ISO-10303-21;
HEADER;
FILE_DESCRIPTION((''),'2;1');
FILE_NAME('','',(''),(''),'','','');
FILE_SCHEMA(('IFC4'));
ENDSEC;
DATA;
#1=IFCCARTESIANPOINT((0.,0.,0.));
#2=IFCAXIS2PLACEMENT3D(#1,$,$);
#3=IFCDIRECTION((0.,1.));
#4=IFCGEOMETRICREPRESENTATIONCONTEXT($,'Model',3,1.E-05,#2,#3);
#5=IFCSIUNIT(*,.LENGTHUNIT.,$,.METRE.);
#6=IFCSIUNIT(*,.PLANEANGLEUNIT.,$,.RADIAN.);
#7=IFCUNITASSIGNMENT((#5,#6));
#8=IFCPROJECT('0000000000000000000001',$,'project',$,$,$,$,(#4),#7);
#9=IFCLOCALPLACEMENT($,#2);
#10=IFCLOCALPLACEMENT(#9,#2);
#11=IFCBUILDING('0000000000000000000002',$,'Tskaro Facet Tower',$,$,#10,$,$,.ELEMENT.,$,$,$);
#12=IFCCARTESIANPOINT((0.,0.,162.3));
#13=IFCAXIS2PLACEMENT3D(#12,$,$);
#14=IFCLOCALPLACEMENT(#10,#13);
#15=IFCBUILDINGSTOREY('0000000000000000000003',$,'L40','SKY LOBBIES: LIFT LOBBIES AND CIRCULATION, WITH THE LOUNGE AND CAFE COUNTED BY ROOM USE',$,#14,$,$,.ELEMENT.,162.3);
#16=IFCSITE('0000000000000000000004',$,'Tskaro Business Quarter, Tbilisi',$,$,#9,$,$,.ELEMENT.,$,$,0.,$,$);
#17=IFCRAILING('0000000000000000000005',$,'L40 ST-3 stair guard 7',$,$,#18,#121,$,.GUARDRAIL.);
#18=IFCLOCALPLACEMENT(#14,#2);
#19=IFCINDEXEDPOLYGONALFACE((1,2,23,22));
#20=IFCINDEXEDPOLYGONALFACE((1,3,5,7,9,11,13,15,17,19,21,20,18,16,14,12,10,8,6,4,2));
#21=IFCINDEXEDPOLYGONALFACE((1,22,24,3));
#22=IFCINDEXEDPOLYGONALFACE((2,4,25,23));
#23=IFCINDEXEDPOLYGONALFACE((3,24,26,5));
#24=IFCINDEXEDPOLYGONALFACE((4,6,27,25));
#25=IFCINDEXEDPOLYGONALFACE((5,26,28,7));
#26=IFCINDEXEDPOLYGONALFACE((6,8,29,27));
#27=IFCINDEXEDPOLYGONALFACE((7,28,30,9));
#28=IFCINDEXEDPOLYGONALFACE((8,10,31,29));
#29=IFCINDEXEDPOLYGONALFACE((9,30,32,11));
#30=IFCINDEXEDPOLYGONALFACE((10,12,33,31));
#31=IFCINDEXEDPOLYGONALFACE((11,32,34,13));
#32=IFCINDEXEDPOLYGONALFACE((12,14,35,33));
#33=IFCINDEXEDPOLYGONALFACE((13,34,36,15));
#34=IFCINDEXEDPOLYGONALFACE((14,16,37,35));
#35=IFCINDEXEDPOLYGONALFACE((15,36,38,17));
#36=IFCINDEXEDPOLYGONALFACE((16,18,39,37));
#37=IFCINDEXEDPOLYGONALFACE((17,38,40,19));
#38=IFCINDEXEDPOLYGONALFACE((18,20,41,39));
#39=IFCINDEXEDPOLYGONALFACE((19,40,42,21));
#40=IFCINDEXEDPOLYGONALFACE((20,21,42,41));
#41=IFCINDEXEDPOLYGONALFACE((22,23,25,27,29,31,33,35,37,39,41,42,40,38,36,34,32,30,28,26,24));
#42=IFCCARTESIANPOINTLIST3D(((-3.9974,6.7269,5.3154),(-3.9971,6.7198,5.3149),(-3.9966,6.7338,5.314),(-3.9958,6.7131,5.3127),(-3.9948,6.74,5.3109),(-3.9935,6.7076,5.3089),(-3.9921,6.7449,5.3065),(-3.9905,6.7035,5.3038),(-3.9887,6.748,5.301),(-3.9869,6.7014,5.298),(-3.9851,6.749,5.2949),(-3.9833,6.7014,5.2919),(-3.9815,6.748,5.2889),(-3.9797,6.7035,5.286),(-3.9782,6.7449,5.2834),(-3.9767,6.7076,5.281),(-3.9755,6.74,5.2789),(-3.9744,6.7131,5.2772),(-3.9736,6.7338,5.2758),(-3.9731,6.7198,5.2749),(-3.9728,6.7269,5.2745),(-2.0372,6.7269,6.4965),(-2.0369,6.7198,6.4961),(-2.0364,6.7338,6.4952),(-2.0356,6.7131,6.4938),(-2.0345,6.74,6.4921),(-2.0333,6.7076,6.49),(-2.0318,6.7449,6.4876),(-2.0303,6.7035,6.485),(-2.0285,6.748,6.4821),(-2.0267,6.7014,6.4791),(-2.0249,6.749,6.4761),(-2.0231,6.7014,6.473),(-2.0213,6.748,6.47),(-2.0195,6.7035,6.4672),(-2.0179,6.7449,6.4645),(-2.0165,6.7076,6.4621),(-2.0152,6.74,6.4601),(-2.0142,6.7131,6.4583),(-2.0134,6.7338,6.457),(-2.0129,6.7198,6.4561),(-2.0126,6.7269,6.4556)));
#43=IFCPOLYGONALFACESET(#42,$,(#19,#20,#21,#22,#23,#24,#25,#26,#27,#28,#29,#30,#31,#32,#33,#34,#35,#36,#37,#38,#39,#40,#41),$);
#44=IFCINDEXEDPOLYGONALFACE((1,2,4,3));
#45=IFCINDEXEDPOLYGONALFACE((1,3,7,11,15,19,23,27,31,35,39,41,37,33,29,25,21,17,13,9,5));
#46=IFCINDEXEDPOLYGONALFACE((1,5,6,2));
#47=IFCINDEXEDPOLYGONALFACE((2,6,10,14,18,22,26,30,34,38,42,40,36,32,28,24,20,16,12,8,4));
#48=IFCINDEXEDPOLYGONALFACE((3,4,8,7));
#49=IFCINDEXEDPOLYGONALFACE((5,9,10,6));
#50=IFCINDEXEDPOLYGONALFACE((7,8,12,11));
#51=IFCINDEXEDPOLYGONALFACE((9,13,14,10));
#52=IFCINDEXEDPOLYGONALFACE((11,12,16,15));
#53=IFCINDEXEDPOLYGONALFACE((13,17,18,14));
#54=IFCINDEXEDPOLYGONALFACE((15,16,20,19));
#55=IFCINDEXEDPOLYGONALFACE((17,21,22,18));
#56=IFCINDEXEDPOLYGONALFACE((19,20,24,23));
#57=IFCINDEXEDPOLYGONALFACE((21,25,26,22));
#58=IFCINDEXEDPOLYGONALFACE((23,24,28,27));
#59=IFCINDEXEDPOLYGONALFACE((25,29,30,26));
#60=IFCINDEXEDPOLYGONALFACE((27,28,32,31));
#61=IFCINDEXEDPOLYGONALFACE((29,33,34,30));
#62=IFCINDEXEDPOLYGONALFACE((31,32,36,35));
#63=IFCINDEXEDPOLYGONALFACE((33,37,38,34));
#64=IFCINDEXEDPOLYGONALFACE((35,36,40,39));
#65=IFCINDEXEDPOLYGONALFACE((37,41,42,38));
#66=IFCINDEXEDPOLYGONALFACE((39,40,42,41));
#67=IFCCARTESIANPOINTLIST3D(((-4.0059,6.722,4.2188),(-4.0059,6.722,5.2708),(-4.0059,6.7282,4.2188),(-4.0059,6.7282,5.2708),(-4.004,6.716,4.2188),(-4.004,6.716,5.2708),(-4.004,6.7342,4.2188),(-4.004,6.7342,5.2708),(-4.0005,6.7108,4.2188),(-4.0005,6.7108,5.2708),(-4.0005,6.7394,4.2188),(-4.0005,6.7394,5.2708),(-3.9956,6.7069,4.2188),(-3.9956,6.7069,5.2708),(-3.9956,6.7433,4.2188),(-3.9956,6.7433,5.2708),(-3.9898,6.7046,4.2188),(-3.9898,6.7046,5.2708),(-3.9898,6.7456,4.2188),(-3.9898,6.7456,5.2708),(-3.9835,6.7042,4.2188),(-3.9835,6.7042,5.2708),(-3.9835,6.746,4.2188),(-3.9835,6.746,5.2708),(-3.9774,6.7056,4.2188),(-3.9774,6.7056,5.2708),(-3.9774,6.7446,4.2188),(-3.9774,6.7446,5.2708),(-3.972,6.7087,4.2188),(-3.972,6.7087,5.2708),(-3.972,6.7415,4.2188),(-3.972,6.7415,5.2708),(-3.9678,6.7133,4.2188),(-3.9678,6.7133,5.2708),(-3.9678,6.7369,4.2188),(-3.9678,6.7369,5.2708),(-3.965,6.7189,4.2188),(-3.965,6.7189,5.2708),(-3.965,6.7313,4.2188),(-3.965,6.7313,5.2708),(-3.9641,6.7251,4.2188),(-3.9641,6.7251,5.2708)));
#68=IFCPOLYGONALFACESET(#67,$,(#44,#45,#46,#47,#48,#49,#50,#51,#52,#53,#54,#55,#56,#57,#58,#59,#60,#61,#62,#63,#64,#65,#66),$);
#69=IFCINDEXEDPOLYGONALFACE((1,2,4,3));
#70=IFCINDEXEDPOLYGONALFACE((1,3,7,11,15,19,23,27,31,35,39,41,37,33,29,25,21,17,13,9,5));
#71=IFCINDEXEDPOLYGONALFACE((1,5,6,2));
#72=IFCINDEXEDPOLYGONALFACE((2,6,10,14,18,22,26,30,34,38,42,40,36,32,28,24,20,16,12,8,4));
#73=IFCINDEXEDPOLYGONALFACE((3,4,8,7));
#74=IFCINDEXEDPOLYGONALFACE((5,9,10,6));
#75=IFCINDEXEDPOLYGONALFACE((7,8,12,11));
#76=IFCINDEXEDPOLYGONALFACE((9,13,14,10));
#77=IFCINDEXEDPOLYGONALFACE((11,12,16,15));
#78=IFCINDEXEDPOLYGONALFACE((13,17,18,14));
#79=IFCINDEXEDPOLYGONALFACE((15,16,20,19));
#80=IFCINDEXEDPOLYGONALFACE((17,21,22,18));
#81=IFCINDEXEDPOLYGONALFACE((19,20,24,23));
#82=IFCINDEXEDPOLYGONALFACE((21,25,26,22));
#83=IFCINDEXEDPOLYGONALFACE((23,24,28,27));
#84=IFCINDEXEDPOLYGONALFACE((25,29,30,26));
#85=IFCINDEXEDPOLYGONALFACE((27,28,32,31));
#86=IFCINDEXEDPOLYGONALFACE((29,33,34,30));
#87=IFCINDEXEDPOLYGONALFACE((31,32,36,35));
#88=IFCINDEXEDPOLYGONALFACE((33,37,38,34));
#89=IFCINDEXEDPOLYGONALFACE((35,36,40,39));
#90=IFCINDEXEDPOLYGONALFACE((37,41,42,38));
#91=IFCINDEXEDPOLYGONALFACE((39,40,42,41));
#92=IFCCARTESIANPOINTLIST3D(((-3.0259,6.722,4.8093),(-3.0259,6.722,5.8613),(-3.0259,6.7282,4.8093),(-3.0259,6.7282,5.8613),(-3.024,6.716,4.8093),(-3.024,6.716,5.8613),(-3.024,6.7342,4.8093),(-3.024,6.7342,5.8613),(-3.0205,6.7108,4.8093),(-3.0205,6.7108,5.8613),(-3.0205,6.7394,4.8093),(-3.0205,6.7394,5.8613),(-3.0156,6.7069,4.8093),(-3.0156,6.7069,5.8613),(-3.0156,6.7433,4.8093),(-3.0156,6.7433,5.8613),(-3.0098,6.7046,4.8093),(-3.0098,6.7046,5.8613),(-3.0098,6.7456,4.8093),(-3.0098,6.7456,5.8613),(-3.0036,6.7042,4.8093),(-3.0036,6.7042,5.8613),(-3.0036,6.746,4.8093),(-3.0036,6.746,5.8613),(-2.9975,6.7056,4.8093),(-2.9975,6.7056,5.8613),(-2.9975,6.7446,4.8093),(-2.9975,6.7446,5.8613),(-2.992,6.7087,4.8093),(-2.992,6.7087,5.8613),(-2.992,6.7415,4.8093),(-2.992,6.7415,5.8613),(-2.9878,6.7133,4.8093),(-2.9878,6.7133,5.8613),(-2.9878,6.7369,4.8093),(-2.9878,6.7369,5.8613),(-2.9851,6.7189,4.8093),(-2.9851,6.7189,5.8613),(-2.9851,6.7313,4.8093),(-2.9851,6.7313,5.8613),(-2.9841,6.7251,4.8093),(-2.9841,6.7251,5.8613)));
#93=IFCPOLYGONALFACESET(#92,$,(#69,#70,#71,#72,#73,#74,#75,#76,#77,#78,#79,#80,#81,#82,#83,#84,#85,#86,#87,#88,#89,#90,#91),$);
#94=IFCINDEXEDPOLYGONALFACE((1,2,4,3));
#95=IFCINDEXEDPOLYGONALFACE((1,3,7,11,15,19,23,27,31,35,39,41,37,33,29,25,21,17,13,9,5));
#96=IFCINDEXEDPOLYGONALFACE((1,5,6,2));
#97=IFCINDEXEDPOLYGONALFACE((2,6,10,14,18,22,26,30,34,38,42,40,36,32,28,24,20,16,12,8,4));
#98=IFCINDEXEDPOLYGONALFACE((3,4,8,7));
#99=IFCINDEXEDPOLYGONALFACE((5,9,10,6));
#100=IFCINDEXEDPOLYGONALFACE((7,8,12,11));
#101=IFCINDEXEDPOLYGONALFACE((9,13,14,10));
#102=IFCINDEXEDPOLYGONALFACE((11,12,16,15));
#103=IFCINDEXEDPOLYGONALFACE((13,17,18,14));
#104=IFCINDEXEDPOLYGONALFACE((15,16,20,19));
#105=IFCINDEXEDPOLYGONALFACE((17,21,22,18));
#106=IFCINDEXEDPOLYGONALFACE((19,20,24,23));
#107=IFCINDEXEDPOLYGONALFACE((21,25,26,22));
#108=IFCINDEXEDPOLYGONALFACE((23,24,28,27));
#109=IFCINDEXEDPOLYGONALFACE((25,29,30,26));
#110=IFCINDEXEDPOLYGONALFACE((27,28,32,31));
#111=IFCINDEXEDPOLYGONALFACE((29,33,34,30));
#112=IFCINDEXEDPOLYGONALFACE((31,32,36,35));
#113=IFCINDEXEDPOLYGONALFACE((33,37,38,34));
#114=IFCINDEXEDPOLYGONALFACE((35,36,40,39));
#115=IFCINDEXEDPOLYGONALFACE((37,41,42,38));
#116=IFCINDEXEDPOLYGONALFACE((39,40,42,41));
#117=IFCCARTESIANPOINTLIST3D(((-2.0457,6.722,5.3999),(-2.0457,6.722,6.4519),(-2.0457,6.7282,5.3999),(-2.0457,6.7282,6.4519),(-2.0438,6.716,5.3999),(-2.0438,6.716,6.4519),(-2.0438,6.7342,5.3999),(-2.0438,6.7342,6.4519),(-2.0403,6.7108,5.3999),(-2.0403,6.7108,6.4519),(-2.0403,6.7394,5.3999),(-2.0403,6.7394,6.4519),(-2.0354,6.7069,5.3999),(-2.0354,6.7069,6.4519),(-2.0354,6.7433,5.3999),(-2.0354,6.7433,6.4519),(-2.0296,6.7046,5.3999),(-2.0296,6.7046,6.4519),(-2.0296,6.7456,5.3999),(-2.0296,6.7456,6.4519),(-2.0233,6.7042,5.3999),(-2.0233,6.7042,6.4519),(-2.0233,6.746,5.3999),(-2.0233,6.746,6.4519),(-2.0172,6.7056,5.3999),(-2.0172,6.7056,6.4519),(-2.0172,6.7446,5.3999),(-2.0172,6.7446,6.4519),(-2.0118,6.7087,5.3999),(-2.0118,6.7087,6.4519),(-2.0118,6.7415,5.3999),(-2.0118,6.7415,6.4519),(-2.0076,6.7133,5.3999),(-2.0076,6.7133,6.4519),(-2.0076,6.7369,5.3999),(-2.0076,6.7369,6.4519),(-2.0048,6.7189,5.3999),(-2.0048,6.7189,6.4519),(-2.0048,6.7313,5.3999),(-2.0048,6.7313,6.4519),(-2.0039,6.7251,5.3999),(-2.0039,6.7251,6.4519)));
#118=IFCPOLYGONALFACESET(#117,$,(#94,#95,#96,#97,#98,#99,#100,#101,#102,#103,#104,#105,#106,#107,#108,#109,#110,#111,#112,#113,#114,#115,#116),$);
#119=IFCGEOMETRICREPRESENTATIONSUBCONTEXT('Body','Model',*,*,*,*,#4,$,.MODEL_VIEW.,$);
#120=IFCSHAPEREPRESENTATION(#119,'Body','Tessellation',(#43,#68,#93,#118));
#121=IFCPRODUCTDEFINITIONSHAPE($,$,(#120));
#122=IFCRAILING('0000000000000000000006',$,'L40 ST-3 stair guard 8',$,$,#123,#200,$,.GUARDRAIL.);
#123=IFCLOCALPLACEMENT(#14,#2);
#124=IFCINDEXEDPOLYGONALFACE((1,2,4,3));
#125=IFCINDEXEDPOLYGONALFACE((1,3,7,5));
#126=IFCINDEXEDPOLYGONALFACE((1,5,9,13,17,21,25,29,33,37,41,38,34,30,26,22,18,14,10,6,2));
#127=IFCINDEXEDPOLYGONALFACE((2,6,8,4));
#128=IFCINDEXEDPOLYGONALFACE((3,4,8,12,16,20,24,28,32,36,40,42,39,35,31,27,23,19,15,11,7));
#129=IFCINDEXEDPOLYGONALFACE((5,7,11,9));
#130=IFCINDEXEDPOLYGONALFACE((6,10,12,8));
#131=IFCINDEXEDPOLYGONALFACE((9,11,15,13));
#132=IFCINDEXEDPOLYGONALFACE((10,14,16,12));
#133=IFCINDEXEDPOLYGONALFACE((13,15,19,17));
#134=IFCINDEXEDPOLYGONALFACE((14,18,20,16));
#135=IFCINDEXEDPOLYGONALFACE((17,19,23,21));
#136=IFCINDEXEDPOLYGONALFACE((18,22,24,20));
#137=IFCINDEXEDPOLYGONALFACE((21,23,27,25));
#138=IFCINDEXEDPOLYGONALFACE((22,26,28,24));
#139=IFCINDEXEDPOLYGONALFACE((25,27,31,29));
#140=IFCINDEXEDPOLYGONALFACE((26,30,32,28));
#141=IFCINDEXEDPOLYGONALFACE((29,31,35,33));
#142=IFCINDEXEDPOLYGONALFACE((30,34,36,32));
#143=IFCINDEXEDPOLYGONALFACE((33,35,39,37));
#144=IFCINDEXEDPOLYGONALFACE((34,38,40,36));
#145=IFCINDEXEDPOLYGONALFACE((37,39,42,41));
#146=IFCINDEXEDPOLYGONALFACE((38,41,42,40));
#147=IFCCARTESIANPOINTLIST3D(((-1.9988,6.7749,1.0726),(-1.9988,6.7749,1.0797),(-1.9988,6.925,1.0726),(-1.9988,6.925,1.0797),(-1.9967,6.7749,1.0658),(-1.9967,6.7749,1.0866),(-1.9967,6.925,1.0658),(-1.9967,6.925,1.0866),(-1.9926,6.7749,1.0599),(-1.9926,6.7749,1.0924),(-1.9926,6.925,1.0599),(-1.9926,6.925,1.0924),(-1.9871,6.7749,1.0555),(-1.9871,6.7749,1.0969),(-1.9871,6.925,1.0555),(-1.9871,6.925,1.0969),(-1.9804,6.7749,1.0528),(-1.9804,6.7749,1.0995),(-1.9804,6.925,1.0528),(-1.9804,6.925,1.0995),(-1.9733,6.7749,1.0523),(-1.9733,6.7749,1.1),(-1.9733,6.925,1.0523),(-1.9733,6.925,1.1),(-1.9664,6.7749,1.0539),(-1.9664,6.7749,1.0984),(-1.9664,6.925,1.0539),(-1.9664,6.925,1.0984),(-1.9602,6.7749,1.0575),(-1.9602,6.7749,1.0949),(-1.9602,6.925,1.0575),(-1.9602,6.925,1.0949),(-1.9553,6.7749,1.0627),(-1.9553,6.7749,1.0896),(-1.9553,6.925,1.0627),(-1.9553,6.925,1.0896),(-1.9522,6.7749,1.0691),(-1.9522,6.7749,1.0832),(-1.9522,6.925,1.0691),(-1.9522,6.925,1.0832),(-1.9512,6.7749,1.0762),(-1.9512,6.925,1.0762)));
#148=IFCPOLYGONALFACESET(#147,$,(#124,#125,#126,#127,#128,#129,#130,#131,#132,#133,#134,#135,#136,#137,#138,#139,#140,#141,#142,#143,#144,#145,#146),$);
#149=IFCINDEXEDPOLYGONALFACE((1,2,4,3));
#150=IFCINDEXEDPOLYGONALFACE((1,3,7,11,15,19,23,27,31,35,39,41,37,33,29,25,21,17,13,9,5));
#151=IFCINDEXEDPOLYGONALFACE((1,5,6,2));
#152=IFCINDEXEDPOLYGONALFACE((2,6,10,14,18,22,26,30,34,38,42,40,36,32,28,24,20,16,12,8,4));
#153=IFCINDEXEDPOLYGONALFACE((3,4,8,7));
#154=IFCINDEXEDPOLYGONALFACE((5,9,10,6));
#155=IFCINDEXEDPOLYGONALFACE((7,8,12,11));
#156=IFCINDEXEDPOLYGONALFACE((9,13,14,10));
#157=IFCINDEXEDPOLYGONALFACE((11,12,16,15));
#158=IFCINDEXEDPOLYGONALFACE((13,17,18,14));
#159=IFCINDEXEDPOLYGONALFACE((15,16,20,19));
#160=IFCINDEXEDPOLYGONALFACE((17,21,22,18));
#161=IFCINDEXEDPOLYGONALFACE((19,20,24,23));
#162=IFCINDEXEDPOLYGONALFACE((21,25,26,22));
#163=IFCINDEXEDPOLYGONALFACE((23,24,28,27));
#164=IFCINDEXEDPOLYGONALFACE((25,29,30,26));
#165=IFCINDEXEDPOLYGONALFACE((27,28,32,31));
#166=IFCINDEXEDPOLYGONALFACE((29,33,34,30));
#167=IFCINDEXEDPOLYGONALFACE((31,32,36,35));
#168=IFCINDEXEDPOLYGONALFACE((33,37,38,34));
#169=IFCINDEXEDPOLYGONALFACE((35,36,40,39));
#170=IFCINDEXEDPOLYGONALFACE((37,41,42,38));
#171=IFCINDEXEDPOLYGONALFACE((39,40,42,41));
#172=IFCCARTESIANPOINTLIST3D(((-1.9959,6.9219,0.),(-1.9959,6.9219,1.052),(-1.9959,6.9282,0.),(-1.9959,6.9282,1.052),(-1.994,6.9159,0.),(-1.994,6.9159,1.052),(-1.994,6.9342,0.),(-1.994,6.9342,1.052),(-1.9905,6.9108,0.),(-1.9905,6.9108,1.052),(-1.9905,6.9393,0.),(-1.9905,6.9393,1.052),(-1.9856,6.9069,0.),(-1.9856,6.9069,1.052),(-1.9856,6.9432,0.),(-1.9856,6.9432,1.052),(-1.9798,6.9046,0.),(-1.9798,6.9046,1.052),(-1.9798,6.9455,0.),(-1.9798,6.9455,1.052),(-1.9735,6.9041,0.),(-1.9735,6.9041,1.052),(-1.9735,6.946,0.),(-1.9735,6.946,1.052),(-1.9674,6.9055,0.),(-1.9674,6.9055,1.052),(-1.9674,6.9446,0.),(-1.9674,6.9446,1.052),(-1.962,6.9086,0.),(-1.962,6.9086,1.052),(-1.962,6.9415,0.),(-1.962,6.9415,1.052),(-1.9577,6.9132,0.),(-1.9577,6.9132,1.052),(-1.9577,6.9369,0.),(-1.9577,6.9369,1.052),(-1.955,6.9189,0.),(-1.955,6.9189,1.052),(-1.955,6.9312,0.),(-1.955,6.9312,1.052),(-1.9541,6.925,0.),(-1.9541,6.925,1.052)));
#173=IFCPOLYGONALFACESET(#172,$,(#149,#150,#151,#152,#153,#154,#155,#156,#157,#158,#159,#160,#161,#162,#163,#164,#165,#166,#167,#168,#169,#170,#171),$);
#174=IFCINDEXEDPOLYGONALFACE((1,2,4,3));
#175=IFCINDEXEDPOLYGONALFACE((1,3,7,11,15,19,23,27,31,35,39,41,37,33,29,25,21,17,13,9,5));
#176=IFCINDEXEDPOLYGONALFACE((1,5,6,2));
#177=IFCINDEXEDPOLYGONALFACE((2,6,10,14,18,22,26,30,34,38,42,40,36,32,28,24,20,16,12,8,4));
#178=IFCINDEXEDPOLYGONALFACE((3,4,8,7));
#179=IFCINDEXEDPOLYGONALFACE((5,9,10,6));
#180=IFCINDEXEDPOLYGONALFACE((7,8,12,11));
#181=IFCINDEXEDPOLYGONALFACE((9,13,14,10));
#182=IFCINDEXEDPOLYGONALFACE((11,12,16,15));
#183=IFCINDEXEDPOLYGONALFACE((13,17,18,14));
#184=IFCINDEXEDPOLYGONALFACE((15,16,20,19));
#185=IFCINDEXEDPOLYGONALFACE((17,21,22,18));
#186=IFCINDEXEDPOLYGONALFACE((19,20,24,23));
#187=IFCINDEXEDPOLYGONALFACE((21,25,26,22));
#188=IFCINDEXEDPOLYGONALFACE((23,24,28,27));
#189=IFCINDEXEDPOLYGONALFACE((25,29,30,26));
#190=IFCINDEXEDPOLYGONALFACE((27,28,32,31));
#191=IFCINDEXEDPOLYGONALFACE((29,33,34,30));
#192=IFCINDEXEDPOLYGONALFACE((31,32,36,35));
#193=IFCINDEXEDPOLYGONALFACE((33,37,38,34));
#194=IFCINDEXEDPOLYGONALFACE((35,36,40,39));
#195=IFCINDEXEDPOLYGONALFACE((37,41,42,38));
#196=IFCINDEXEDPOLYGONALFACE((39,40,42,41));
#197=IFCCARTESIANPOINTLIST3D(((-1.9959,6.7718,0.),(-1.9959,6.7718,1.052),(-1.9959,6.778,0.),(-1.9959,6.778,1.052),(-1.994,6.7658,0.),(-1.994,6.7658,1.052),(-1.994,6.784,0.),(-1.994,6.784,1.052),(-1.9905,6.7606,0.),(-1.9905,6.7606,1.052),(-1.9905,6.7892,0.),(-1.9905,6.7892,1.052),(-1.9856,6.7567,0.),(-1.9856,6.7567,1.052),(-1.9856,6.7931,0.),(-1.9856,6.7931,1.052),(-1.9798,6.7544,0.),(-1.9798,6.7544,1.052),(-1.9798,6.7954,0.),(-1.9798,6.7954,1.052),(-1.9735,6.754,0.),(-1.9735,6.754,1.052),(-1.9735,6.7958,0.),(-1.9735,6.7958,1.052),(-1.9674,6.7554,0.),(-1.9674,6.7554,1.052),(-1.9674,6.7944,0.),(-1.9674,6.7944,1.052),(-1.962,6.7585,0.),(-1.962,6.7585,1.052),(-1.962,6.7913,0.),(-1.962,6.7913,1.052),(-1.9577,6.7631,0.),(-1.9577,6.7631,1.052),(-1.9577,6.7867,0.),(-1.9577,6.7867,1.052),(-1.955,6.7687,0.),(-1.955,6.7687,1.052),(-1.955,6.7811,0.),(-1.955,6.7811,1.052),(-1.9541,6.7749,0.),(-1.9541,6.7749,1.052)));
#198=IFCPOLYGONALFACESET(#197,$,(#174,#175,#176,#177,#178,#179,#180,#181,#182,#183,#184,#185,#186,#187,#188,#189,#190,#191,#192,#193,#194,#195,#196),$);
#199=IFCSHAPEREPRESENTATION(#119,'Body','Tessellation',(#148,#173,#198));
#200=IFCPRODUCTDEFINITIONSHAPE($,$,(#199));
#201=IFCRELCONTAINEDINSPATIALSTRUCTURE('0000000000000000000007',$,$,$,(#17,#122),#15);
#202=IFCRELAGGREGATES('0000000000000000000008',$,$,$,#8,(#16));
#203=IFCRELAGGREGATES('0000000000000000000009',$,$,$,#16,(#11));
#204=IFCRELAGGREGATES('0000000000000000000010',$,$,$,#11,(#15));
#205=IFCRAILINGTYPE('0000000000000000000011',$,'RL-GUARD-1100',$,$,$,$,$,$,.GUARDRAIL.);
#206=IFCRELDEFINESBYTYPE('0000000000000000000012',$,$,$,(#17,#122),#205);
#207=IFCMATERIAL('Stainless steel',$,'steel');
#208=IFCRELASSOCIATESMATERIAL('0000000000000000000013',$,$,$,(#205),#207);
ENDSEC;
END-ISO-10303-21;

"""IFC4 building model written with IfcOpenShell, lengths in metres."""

from ifc_helpers import new_model, si_unit, direction, frame, origin, origin_2d, place, context, subcontext, project, spatial, circle, extrude, material, type_object, element, save


model = new_model("IFC4")

# Units and contexts
model_context = context("Model", 3, precision=1e-05, world=origin(), true_north=direction((0.0, 1.0)))
body_context = subcontext(model_context, "Body", "Model", "MODEL_VIEW")
ifc_project = project(units=[si_unit("LENGTHUNIT", "METRE"), si_unit("PLANEANGLEUNIT", "RADIAN")], contexts=[model_context])

# Site, building, storey
site_placement = place(None, origin())
site = spatial("IfcSite", under=ifc_project, at=site_placement, Name="Tskaro Business Quarter, Tbilisi", CompositionType="ELEMENT", RefElevation=0.0)
building_placement = place(site_placement, origin())
building = spatial("IfcBuilding", under=site, at=building_placement, Name="Tskaro Facet Tower", CompositionType="ELEMENT")
storey_placement = place(building_placement, frame((0.0, 0.0, 162.3)))
storey = spatial("IfcBuildingStorey", under=building, at=storey_placement, Name="L40", Description="SKY LOBBIES: LIFT LOBBIES AND CIRCULATION, WITH THE LOUNGE AND CAFE COUNTED BY ROOM USE", CompositionType="ELEMENT", Elevation=162.3)

# Railings
ifc_material_1 = material(Name="Stainless steel", Category="steel")
railing_type_1 = type_object("IfcRailingType", Name="RL-GUARD-1100", PredefinedType="GUARDRAIL", material=ifc_material_1)
railing_1_placement = place(storey_placement, frame((-3.9851, 6.7251, 4.2188)))
element("IfcRailing", 1, at=railing_1_placement, inside=storey, type_object=railing_type_1, Name="L40 ST-3 stair guard 7", PredefinedType="GUARDRAIL", context=body_context, shape_type="SweptSolid", body=[
    extrude(circle(Radius=0.0239, at=origin_2d()), frame((0.0, 0.0, 1.0762), z_axis=(0.856522, 0.0, 0.516111), x_axis=(0.0, 1.0, 0.0)), (0.0, 0.0, 1.0), 2.2886),
    extrude(circle(Radius=0.021, at=origin_2d()), origin(), (0.0, 0.0, 1.0), 1.052),
    extrude(circle(Radius=0.021, at=origin_2d()), frame((0.98, 0.0, 0.5906)), (0.0, 0.0, 1.0), 1.052),
    extrude(circle(Radius=0.021, at=origin_2d()), frame((1.9602, 0.0, 1.1812)), (0.0, 0.0, 1.0), 1.052),
])
railing_2_placement = place(storey_placement, frame((-1.9751, 6.925, 0.0)))
element("IfcRailing", 2, at=railing_2_placement, inside=storey, type_object=railing_type_1, Name="L40 ST-3 stair guard 8", PredefinedType="GUARDRAIL", context=body_context, shape_type="SweptSolid", body=[
    extrude(circle(Radius=0.0239, at=origin_2d()), frame((0.0, 0.0, 1.0762), z_axis=(0.0, -1.0, 0.0), x_axis=(1.0, 0.0, 0.0)), (0.0, 0.0, 1.0), 0.1501),
    extrude(circle(Radius=0.021, at=origin_2d()), origin(), (0.0, 0.0, 1.0), 1.052),
    extrude(circle(Radius=0.021, at=origin_2d()), frame((0.0, -0.1501, 0.0)), (0.0, 0.0, 1.0), 1.052),
])

save(model, "model.ifc")
